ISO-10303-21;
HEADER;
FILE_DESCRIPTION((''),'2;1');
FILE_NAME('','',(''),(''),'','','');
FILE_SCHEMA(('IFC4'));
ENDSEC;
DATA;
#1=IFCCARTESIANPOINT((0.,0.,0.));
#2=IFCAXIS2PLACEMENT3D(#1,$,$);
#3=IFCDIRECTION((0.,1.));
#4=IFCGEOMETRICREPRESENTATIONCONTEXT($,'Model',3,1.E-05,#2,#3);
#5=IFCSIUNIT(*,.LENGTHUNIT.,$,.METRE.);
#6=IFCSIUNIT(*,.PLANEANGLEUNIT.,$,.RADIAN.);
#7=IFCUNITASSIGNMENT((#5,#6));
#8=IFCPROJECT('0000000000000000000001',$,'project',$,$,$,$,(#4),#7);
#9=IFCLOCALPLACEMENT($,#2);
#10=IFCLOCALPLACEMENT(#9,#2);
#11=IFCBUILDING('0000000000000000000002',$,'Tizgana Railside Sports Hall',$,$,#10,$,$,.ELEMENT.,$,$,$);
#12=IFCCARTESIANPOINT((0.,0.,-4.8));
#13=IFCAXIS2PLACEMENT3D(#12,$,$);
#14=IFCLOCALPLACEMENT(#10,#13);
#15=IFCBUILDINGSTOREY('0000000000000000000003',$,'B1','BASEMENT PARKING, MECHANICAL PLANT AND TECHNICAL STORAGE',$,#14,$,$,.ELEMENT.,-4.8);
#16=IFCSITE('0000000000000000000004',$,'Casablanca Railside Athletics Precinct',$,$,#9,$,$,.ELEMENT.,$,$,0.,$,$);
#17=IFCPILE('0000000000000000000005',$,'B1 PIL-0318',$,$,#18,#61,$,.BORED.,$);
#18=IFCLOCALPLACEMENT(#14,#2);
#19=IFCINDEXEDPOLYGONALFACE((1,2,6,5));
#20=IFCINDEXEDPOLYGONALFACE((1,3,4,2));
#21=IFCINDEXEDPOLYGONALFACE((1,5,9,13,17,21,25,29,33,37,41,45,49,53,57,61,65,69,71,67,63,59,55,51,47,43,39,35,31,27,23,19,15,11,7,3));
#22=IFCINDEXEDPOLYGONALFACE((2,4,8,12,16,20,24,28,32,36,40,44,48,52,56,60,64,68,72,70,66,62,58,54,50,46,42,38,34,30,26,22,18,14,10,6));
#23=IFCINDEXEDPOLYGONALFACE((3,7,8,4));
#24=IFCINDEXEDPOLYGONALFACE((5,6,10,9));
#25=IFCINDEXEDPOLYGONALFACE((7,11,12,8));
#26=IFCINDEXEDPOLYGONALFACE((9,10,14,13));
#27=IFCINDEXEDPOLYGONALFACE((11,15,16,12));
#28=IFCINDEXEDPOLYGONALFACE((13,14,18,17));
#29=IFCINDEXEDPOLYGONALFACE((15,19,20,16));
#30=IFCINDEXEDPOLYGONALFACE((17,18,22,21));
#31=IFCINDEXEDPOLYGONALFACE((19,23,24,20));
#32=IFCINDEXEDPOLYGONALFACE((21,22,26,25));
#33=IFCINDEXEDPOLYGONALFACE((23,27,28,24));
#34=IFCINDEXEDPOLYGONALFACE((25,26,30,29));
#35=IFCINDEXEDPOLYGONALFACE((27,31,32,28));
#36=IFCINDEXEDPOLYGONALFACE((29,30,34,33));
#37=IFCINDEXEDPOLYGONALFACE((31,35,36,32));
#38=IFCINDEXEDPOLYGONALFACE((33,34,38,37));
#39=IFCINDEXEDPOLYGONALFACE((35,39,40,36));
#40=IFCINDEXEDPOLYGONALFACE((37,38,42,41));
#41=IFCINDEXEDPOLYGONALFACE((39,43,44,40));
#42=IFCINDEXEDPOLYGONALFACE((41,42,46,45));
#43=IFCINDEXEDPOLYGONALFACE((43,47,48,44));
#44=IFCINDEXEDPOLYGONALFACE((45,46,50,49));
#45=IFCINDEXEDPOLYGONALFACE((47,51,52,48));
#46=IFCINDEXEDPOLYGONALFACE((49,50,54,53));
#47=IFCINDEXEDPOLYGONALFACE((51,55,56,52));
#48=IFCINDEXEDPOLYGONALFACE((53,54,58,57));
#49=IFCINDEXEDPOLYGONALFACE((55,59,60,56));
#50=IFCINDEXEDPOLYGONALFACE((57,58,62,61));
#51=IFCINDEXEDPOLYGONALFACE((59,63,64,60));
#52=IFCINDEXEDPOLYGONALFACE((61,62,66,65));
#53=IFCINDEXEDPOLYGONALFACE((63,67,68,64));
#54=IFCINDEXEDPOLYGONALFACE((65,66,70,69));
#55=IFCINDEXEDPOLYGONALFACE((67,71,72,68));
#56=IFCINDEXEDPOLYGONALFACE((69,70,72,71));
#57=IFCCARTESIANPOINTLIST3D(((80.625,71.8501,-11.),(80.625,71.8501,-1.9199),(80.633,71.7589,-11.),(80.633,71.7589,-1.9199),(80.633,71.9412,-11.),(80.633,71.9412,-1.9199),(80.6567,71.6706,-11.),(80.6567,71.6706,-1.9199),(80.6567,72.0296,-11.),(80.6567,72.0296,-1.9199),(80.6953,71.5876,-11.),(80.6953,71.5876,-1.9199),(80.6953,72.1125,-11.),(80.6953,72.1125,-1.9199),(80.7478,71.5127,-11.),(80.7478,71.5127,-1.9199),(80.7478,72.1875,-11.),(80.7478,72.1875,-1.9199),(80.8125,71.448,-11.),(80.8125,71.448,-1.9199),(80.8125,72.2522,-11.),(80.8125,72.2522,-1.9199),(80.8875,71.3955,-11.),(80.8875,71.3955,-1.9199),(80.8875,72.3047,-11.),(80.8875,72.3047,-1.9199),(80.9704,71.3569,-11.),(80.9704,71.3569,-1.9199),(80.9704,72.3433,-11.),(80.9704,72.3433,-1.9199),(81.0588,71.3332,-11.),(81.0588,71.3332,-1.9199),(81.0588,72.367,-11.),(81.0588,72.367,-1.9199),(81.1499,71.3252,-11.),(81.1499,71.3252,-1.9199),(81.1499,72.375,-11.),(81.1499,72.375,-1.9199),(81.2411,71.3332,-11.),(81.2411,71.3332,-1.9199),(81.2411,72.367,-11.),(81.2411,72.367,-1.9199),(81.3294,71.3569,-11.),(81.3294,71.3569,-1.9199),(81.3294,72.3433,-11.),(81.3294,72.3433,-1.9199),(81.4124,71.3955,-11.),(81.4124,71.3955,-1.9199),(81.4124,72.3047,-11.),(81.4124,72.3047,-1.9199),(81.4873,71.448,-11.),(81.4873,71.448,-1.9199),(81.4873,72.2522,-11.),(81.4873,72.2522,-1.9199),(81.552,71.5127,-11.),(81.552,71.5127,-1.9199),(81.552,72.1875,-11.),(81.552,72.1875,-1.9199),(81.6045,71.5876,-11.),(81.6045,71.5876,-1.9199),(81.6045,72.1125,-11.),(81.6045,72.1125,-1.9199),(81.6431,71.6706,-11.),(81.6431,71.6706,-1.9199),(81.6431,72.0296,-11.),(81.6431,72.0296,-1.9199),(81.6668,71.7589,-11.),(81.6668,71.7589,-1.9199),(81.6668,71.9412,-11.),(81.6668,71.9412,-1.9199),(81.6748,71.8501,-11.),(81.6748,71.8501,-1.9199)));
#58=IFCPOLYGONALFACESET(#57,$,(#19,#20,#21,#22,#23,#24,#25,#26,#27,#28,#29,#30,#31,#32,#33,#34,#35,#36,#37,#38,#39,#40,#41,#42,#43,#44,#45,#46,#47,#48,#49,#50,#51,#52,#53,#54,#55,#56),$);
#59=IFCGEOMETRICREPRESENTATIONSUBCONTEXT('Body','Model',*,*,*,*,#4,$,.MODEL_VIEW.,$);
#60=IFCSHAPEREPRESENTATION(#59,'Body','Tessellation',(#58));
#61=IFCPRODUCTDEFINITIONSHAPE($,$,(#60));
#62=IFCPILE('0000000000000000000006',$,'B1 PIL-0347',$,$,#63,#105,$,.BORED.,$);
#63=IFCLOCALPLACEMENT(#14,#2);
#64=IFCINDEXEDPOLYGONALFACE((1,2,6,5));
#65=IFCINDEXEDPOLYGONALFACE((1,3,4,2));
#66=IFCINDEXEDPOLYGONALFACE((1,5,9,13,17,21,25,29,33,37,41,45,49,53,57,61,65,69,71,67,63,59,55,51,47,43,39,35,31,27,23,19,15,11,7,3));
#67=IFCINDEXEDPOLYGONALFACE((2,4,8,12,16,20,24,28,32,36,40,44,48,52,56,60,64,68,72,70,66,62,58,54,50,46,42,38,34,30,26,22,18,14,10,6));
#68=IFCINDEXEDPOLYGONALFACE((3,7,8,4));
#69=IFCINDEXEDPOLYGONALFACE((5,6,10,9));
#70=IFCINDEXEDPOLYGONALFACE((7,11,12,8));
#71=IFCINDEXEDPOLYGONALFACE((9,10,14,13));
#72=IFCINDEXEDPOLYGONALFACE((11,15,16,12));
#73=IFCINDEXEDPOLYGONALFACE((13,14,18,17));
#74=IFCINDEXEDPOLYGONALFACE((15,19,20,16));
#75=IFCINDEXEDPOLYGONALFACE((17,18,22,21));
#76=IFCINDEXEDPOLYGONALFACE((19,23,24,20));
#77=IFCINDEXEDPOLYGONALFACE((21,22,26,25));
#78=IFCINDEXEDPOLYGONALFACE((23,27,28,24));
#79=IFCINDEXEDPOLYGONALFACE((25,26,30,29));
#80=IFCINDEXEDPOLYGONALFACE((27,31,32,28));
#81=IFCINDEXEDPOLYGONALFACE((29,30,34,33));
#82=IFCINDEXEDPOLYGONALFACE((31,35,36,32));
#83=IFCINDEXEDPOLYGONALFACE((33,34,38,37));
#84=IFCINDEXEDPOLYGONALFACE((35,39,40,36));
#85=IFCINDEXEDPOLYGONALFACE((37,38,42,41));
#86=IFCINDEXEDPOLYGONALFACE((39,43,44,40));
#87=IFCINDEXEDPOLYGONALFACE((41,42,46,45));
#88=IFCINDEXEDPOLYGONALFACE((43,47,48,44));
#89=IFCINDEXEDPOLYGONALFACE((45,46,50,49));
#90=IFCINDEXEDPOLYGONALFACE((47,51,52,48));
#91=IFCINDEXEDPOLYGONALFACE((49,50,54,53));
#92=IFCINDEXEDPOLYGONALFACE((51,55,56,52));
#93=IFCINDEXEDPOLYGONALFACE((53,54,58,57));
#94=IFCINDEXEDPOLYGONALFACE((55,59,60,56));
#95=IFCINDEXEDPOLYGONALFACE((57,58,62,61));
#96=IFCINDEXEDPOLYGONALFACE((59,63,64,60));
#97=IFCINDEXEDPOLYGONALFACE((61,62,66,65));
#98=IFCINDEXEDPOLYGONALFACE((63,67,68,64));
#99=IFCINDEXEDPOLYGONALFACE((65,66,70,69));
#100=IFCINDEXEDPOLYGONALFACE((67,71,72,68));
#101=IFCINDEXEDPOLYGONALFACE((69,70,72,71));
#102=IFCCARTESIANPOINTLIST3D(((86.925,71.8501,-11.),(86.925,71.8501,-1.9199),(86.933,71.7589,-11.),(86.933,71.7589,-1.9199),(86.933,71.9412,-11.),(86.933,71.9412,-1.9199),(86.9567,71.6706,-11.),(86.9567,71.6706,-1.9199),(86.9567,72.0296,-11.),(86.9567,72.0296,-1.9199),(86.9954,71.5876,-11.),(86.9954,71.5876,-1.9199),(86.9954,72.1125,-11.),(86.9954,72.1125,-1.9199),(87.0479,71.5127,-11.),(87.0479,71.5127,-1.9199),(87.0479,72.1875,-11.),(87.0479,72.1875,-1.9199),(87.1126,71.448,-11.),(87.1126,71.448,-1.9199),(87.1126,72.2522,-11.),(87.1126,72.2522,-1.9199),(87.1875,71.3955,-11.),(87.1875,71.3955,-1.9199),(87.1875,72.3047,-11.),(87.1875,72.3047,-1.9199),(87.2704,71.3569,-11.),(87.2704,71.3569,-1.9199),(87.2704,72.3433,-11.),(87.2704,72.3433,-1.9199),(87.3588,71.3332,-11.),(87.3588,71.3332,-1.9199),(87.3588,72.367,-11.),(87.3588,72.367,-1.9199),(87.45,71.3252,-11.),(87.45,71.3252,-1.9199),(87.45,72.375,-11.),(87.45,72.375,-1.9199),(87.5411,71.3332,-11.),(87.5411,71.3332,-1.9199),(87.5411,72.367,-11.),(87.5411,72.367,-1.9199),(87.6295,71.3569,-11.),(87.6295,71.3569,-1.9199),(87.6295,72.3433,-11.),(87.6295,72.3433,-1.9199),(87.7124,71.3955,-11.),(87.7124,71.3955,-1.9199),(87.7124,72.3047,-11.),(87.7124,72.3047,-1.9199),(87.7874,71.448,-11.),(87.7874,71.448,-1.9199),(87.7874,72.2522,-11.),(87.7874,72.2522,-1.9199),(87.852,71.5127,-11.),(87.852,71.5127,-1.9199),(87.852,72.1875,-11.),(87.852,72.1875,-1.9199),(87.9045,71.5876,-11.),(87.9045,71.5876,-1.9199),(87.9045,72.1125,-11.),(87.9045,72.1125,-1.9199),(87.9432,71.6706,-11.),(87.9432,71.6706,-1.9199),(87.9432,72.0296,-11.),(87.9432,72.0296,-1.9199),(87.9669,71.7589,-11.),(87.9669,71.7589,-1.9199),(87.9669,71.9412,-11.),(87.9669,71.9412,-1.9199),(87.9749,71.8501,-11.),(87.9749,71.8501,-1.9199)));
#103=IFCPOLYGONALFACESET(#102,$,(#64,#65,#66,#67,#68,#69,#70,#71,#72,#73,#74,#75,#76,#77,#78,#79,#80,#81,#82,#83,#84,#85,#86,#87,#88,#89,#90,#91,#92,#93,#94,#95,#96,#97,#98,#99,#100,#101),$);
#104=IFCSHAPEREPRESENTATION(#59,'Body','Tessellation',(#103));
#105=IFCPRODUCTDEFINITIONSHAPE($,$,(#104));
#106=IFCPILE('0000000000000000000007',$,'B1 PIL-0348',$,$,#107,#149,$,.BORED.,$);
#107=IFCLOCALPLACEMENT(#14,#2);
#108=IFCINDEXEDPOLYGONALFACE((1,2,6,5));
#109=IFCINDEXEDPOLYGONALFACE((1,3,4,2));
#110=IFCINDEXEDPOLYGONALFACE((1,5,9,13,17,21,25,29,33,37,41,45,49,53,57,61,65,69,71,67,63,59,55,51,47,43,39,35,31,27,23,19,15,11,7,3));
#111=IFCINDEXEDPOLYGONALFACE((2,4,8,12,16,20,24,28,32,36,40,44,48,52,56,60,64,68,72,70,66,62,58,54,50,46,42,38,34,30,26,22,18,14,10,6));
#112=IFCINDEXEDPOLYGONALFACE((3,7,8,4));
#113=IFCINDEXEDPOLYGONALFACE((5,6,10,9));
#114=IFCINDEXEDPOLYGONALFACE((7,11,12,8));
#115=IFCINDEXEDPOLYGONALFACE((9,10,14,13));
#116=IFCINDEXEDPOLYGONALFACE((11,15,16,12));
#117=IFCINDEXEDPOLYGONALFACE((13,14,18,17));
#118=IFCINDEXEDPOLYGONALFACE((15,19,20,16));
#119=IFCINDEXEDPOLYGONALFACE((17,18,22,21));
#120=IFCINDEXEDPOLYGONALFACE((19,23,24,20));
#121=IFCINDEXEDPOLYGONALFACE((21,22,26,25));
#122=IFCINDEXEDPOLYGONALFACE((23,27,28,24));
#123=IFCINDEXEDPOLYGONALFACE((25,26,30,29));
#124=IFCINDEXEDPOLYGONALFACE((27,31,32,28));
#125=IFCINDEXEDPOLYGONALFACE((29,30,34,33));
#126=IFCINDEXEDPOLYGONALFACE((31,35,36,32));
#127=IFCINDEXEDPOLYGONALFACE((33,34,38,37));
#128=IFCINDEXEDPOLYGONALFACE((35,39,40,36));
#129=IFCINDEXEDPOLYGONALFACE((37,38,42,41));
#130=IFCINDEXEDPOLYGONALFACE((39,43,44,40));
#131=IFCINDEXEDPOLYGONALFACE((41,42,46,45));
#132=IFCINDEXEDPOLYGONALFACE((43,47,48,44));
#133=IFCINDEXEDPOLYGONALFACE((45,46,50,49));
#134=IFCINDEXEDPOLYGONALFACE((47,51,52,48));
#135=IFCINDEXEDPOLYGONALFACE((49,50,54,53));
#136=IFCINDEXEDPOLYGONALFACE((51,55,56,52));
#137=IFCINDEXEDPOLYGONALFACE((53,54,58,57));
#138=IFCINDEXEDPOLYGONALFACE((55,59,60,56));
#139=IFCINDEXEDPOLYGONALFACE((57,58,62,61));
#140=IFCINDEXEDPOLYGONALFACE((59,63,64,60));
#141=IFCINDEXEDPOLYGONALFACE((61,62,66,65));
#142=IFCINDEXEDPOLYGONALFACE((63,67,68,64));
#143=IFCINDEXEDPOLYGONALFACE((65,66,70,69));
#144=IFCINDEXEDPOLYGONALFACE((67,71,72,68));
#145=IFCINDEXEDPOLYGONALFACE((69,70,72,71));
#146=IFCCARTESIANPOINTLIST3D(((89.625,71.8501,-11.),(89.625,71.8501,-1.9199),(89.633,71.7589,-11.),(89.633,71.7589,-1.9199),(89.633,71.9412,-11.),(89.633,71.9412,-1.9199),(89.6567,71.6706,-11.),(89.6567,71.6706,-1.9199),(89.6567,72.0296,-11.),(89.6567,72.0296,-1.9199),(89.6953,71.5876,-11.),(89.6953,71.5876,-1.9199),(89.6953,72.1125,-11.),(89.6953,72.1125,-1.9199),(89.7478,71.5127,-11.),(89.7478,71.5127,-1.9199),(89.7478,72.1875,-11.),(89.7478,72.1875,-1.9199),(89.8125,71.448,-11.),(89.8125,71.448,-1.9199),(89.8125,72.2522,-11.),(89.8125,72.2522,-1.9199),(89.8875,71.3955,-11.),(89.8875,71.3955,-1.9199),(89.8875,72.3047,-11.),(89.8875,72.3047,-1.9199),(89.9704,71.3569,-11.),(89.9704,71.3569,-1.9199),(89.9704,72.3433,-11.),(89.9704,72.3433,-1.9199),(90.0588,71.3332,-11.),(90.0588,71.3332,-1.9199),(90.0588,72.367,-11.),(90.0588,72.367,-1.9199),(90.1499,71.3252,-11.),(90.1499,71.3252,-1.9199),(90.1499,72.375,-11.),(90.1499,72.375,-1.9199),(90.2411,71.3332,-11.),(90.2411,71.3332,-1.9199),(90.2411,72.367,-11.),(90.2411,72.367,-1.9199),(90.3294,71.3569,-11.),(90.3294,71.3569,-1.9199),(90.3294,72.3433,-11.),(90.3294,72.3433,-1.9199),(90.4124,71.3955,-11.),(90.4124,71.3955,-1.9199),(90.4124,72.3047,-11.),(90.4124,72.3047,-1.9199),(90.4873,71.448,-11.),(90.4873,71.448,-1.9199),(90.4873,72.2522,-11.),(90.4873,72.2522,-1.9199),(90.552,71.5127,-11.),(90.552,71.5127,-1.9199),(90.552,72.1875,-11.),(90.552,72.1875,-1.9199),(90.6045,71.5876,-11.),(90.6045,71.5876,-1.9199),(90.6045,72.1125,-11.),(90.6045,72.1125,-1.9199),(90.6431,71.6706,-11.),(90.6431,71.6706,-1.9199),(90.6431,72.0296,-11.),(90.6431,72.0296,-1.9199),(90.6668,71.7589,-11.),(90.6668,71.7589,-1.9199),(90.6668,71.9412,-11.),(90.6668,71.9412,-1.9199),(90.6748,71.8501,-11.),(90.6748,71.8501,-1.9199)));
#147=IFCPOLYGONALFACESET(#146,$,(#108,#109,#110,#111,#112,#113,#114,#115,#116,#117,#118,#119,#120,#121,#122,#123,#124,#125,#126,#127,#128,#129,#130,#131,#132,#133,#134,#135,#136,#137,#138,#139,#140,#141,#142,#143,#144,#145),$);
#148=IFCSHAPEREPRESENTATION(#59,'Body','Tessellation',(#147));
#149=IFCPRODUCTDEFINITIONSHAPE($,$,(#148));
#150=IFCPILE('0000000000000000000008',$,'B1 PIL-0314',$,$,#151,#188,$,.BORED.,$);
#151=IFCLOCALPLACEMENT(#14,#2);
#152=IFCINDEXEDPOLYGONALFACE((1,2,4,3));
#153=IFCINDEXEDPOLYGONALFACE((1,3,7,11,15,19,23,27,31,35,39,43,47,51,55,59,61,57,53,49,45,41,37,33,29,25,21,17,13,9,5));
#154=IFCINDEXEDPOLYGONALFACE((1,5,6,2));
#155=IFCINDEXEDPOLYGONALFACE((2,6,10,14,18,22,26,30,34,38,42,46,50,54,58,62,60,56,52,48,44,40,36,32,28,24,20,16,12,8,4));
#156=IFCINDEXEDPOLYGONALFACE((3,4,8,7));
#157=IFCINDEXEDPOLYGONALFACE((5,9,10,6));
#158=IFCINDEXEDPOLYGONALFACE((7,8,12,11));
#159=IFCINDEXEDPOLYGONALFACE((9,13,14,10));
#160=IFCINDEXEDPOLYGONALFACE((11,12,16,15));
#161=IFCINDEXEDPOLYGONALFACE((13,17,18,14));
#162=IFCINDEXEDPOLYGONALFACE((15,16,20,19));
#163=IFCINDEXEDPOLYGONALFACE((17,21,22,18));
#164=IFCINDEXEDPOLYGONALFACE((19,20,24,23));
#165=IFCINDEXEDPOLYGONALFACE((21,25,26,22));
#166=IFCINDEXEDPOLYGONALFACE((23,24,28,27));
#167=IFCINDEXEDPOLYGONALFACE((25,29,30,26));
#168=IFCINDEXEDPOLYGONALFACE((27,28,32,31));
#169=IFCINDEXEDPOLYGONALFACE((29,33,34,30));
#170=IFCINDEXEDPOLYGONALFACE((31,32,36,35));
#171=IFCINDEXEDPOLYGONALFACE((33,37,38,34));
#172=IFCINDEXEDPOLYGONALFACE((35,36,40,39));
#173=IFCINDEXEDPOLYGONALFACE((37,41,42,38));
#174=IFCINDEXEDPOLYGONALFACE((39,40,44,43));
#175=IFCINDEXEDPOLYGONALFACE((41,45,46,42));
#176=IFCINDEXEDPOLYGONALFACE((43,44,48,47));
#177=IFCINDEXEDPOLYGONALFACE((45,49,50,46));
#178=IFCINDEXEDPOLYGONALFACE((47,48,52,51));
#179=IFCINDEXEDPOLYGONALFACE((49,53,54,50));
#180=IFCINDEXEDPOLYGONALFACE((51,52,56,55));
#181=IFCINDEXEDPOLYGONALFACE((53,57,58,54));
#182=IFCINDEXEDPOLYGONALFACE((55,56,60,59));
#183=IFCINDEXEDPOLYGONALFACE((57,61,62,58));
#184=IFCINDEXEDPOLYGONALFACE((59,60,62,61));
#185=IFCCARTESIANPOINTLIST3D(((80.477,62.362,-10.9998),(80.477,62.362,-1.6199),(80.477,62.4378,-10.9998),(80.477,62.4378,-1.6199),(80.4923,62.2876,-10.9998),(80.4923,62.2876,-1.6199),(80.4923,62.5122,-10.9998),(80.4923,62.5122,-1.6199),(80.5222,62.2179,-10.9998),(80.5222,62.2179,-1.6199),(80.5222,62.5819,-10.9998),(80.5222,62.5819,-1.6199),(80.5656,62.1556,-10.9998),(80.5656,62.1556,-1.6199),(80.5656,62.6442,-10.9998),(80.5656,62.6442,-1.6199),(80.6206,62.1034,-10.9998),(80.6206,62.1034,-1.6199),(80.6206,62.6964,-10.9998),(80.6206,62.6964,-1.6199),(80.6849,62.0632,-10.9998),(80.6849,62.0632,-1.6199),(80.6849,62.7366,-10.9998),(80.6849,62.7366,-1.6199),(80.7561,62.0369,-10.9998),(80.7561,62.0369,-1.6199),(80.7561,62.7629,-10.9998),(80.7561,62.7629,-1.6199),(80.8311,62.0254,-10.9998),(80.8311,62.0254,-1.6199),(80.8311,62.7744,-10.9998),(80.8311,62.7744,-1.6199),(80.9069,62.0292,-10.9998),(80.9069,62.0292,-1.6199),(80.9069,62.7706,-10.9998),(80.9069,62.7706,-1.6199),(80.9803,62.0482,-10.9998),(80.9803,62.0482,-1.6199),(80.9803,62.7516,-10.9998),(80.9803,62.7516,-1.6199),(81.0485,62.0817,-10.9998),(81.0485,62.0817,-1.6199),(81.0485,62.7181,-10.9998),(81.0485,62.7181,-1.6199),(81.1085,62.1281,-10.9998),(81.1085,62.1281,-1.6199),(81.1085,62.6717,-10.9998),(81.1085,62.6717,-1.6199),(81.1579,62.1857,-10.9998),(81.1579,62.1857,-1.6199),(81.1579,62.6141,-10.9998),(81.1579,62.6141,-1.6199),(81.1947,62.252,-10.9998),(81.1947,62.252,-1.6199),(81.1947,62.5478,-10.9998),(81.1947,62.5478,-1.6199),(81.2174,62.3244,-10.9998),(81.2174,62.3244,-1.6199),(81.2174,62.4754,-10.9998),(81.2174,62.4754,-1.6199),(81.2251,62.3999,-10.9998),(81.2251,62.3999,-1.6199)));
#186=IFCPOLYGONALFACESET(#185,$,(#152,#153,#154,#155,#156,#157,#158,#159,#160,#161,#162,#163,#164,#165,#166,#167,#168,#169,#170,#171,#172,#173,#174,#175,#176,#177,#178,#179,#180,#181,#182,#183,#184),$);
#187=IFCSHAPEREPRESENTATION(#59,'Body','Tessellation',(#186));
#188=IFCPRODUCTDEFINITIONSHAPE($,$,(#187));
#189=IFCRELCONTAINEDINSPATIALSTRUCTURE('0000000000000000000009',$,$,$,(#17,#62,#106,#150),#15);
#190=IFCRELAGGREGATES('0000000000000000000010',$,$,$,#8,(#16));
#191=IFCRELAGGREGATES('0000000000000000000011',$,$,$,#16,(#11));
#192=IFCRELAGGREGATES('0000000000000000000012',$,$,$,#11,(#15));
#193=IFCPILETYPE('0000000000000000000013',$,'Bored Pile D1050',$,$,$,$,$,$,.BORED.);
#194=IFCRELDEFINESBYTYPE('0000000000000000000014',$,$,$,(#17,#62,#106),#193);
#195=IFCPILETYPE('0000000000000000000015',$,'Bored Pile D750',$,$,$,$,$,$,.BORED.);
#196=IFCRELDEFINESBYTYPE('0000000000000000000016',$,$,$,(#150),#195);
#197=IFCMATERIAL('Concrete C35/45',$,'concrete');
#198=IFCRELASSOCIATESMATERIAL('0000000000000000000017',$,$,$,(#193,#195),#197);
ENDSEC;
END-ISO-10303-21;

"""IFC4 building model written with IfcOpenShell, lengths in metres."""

from ifc_helpers import new_model, si_unit, direction, frame, origin, origin_2d, place, context, subcontext, project, spatial, circle, extrude, material, material_profile, profile_set, type_object, element, save


model = new_model("IFC4")

# Units and contexts
model_context = context("Model", 3, precision=1e-05, world=origin(), true_north=direction((0.0, 1.0)))
body_context = subcontext(model_context, "Body", "Model", "MODEL_VIEW")
ifc_project = project(units=[si_unit("LENGTHUNIT", "METRE"), si_unit("PLANEANGLEUNIT", "RADIAN")], contexts=[model_context])

# Site, building, storey
site_placement = place(None, origin())
site = spatial("IfcSite", under=ifc_project, at=site_placement, Name="Casablanca Railside Athletics Precinct", CompositionType="ELEMENT", RefElevation=0.0)
building_placement = place(site_placement, origin())
building = spatial("IfcBuilding", under=site, at=building_placement, Name="Tizgana Railside Sports Hall", CompositionType="ELEMENT")
storey_placement = place(building_placement, frame((0.0, 0.0, -4.8)))
storey = spatial("IfcBuildingStorey", under=building, at=storey_placement, Name="B1", Description="BASEMENT PARKING, MECHANICAL PLANT AND TECHNICAL STORAGE", CompositionType="ELEMENT", Elevation=-4.8)

# Piles
ifc_material_1 = material(Name="Concrete C35/45", Category="concrete")
ifc_material_profile_1 = material_profile(ifc_material_1, circle(Radius=0.5249, at=origin_2d()), Name="PILE D1050")
ifc_profile_set_1 = profile_set([ifc_material_profile_1], Name="Concrete C35/45")
pile_type_1 = type_object("IfcPileType", Name="Bored Pile D1050", PredefinedType="BORED", material=ifc_profile_set_1)
for number, where, z_axis, x_axis, name in (
    (1, (81.1499, 71.8501, -1.9199), (0.0, 0.0, -1.0), (1.0, 0.0, 0.0), "B1 PIL-0318"),
    (2, (87.45, 71.8501, -1.9199), (0.0, 0.0, -1.0), (1.0, 0.0, 0.0), "B1 PIL-0347"),
    (3, (90.1499, 71.8501, -1.9199), (0.0, 0.0, -1.0), (1.0, 0.0, 0.0), "B1 PIL-0348"),
):
    element("IfcPile", number, at=place(storey_placement, frame(where, z_axis=z_axis, x_axis=x_axis)), inside=storey, type_object=pile_type_1, Name=name, PredefinedType="BORED", context=body_context, shape_type="SweptSolid", body=[
        extrude(circle(Radius=0.5249, at=origin_2d()), origin(), (0.0, 0.0, 1.0), 9.0801),
    ])
ifc_material_profile_2 = material_profile(ifc_material_1, circle(Radius=0.375, at=origin_2d()), Name="PILE D750")
ifc_profile_set_2 = profile_set([ifc_material_profile_2], Name="Concrete C35/45")
pile_type_2 = type_object("IfcPileType", Name="Bored Pile D750", PredefinedType="BORED", material=ifc_profile_set_2)
for number, where, z_axis, x_axis, name in (
    (4, (80.8501, 62.3999, -1.6199), (0.0, 0.0, -1.0), (1.0, 0.0, 0.0), "B1 PIL-0314"),
):
    element("IfcPile", number, at=place(storey_placement, frame(where, z_axis=z_axis, x_axis=x_axis)), inside=storey, type_object=pile_type_2, Name=name, PredefinedType="BORED", context=body_context, shape_type="SweptSolid", body=[
        extrude(circle(Radius=0.375, at=origin_2d()), origin(), (0.0, 0.0, 1.0), 9.3799),
    ])

save(model, "model.ifc")
